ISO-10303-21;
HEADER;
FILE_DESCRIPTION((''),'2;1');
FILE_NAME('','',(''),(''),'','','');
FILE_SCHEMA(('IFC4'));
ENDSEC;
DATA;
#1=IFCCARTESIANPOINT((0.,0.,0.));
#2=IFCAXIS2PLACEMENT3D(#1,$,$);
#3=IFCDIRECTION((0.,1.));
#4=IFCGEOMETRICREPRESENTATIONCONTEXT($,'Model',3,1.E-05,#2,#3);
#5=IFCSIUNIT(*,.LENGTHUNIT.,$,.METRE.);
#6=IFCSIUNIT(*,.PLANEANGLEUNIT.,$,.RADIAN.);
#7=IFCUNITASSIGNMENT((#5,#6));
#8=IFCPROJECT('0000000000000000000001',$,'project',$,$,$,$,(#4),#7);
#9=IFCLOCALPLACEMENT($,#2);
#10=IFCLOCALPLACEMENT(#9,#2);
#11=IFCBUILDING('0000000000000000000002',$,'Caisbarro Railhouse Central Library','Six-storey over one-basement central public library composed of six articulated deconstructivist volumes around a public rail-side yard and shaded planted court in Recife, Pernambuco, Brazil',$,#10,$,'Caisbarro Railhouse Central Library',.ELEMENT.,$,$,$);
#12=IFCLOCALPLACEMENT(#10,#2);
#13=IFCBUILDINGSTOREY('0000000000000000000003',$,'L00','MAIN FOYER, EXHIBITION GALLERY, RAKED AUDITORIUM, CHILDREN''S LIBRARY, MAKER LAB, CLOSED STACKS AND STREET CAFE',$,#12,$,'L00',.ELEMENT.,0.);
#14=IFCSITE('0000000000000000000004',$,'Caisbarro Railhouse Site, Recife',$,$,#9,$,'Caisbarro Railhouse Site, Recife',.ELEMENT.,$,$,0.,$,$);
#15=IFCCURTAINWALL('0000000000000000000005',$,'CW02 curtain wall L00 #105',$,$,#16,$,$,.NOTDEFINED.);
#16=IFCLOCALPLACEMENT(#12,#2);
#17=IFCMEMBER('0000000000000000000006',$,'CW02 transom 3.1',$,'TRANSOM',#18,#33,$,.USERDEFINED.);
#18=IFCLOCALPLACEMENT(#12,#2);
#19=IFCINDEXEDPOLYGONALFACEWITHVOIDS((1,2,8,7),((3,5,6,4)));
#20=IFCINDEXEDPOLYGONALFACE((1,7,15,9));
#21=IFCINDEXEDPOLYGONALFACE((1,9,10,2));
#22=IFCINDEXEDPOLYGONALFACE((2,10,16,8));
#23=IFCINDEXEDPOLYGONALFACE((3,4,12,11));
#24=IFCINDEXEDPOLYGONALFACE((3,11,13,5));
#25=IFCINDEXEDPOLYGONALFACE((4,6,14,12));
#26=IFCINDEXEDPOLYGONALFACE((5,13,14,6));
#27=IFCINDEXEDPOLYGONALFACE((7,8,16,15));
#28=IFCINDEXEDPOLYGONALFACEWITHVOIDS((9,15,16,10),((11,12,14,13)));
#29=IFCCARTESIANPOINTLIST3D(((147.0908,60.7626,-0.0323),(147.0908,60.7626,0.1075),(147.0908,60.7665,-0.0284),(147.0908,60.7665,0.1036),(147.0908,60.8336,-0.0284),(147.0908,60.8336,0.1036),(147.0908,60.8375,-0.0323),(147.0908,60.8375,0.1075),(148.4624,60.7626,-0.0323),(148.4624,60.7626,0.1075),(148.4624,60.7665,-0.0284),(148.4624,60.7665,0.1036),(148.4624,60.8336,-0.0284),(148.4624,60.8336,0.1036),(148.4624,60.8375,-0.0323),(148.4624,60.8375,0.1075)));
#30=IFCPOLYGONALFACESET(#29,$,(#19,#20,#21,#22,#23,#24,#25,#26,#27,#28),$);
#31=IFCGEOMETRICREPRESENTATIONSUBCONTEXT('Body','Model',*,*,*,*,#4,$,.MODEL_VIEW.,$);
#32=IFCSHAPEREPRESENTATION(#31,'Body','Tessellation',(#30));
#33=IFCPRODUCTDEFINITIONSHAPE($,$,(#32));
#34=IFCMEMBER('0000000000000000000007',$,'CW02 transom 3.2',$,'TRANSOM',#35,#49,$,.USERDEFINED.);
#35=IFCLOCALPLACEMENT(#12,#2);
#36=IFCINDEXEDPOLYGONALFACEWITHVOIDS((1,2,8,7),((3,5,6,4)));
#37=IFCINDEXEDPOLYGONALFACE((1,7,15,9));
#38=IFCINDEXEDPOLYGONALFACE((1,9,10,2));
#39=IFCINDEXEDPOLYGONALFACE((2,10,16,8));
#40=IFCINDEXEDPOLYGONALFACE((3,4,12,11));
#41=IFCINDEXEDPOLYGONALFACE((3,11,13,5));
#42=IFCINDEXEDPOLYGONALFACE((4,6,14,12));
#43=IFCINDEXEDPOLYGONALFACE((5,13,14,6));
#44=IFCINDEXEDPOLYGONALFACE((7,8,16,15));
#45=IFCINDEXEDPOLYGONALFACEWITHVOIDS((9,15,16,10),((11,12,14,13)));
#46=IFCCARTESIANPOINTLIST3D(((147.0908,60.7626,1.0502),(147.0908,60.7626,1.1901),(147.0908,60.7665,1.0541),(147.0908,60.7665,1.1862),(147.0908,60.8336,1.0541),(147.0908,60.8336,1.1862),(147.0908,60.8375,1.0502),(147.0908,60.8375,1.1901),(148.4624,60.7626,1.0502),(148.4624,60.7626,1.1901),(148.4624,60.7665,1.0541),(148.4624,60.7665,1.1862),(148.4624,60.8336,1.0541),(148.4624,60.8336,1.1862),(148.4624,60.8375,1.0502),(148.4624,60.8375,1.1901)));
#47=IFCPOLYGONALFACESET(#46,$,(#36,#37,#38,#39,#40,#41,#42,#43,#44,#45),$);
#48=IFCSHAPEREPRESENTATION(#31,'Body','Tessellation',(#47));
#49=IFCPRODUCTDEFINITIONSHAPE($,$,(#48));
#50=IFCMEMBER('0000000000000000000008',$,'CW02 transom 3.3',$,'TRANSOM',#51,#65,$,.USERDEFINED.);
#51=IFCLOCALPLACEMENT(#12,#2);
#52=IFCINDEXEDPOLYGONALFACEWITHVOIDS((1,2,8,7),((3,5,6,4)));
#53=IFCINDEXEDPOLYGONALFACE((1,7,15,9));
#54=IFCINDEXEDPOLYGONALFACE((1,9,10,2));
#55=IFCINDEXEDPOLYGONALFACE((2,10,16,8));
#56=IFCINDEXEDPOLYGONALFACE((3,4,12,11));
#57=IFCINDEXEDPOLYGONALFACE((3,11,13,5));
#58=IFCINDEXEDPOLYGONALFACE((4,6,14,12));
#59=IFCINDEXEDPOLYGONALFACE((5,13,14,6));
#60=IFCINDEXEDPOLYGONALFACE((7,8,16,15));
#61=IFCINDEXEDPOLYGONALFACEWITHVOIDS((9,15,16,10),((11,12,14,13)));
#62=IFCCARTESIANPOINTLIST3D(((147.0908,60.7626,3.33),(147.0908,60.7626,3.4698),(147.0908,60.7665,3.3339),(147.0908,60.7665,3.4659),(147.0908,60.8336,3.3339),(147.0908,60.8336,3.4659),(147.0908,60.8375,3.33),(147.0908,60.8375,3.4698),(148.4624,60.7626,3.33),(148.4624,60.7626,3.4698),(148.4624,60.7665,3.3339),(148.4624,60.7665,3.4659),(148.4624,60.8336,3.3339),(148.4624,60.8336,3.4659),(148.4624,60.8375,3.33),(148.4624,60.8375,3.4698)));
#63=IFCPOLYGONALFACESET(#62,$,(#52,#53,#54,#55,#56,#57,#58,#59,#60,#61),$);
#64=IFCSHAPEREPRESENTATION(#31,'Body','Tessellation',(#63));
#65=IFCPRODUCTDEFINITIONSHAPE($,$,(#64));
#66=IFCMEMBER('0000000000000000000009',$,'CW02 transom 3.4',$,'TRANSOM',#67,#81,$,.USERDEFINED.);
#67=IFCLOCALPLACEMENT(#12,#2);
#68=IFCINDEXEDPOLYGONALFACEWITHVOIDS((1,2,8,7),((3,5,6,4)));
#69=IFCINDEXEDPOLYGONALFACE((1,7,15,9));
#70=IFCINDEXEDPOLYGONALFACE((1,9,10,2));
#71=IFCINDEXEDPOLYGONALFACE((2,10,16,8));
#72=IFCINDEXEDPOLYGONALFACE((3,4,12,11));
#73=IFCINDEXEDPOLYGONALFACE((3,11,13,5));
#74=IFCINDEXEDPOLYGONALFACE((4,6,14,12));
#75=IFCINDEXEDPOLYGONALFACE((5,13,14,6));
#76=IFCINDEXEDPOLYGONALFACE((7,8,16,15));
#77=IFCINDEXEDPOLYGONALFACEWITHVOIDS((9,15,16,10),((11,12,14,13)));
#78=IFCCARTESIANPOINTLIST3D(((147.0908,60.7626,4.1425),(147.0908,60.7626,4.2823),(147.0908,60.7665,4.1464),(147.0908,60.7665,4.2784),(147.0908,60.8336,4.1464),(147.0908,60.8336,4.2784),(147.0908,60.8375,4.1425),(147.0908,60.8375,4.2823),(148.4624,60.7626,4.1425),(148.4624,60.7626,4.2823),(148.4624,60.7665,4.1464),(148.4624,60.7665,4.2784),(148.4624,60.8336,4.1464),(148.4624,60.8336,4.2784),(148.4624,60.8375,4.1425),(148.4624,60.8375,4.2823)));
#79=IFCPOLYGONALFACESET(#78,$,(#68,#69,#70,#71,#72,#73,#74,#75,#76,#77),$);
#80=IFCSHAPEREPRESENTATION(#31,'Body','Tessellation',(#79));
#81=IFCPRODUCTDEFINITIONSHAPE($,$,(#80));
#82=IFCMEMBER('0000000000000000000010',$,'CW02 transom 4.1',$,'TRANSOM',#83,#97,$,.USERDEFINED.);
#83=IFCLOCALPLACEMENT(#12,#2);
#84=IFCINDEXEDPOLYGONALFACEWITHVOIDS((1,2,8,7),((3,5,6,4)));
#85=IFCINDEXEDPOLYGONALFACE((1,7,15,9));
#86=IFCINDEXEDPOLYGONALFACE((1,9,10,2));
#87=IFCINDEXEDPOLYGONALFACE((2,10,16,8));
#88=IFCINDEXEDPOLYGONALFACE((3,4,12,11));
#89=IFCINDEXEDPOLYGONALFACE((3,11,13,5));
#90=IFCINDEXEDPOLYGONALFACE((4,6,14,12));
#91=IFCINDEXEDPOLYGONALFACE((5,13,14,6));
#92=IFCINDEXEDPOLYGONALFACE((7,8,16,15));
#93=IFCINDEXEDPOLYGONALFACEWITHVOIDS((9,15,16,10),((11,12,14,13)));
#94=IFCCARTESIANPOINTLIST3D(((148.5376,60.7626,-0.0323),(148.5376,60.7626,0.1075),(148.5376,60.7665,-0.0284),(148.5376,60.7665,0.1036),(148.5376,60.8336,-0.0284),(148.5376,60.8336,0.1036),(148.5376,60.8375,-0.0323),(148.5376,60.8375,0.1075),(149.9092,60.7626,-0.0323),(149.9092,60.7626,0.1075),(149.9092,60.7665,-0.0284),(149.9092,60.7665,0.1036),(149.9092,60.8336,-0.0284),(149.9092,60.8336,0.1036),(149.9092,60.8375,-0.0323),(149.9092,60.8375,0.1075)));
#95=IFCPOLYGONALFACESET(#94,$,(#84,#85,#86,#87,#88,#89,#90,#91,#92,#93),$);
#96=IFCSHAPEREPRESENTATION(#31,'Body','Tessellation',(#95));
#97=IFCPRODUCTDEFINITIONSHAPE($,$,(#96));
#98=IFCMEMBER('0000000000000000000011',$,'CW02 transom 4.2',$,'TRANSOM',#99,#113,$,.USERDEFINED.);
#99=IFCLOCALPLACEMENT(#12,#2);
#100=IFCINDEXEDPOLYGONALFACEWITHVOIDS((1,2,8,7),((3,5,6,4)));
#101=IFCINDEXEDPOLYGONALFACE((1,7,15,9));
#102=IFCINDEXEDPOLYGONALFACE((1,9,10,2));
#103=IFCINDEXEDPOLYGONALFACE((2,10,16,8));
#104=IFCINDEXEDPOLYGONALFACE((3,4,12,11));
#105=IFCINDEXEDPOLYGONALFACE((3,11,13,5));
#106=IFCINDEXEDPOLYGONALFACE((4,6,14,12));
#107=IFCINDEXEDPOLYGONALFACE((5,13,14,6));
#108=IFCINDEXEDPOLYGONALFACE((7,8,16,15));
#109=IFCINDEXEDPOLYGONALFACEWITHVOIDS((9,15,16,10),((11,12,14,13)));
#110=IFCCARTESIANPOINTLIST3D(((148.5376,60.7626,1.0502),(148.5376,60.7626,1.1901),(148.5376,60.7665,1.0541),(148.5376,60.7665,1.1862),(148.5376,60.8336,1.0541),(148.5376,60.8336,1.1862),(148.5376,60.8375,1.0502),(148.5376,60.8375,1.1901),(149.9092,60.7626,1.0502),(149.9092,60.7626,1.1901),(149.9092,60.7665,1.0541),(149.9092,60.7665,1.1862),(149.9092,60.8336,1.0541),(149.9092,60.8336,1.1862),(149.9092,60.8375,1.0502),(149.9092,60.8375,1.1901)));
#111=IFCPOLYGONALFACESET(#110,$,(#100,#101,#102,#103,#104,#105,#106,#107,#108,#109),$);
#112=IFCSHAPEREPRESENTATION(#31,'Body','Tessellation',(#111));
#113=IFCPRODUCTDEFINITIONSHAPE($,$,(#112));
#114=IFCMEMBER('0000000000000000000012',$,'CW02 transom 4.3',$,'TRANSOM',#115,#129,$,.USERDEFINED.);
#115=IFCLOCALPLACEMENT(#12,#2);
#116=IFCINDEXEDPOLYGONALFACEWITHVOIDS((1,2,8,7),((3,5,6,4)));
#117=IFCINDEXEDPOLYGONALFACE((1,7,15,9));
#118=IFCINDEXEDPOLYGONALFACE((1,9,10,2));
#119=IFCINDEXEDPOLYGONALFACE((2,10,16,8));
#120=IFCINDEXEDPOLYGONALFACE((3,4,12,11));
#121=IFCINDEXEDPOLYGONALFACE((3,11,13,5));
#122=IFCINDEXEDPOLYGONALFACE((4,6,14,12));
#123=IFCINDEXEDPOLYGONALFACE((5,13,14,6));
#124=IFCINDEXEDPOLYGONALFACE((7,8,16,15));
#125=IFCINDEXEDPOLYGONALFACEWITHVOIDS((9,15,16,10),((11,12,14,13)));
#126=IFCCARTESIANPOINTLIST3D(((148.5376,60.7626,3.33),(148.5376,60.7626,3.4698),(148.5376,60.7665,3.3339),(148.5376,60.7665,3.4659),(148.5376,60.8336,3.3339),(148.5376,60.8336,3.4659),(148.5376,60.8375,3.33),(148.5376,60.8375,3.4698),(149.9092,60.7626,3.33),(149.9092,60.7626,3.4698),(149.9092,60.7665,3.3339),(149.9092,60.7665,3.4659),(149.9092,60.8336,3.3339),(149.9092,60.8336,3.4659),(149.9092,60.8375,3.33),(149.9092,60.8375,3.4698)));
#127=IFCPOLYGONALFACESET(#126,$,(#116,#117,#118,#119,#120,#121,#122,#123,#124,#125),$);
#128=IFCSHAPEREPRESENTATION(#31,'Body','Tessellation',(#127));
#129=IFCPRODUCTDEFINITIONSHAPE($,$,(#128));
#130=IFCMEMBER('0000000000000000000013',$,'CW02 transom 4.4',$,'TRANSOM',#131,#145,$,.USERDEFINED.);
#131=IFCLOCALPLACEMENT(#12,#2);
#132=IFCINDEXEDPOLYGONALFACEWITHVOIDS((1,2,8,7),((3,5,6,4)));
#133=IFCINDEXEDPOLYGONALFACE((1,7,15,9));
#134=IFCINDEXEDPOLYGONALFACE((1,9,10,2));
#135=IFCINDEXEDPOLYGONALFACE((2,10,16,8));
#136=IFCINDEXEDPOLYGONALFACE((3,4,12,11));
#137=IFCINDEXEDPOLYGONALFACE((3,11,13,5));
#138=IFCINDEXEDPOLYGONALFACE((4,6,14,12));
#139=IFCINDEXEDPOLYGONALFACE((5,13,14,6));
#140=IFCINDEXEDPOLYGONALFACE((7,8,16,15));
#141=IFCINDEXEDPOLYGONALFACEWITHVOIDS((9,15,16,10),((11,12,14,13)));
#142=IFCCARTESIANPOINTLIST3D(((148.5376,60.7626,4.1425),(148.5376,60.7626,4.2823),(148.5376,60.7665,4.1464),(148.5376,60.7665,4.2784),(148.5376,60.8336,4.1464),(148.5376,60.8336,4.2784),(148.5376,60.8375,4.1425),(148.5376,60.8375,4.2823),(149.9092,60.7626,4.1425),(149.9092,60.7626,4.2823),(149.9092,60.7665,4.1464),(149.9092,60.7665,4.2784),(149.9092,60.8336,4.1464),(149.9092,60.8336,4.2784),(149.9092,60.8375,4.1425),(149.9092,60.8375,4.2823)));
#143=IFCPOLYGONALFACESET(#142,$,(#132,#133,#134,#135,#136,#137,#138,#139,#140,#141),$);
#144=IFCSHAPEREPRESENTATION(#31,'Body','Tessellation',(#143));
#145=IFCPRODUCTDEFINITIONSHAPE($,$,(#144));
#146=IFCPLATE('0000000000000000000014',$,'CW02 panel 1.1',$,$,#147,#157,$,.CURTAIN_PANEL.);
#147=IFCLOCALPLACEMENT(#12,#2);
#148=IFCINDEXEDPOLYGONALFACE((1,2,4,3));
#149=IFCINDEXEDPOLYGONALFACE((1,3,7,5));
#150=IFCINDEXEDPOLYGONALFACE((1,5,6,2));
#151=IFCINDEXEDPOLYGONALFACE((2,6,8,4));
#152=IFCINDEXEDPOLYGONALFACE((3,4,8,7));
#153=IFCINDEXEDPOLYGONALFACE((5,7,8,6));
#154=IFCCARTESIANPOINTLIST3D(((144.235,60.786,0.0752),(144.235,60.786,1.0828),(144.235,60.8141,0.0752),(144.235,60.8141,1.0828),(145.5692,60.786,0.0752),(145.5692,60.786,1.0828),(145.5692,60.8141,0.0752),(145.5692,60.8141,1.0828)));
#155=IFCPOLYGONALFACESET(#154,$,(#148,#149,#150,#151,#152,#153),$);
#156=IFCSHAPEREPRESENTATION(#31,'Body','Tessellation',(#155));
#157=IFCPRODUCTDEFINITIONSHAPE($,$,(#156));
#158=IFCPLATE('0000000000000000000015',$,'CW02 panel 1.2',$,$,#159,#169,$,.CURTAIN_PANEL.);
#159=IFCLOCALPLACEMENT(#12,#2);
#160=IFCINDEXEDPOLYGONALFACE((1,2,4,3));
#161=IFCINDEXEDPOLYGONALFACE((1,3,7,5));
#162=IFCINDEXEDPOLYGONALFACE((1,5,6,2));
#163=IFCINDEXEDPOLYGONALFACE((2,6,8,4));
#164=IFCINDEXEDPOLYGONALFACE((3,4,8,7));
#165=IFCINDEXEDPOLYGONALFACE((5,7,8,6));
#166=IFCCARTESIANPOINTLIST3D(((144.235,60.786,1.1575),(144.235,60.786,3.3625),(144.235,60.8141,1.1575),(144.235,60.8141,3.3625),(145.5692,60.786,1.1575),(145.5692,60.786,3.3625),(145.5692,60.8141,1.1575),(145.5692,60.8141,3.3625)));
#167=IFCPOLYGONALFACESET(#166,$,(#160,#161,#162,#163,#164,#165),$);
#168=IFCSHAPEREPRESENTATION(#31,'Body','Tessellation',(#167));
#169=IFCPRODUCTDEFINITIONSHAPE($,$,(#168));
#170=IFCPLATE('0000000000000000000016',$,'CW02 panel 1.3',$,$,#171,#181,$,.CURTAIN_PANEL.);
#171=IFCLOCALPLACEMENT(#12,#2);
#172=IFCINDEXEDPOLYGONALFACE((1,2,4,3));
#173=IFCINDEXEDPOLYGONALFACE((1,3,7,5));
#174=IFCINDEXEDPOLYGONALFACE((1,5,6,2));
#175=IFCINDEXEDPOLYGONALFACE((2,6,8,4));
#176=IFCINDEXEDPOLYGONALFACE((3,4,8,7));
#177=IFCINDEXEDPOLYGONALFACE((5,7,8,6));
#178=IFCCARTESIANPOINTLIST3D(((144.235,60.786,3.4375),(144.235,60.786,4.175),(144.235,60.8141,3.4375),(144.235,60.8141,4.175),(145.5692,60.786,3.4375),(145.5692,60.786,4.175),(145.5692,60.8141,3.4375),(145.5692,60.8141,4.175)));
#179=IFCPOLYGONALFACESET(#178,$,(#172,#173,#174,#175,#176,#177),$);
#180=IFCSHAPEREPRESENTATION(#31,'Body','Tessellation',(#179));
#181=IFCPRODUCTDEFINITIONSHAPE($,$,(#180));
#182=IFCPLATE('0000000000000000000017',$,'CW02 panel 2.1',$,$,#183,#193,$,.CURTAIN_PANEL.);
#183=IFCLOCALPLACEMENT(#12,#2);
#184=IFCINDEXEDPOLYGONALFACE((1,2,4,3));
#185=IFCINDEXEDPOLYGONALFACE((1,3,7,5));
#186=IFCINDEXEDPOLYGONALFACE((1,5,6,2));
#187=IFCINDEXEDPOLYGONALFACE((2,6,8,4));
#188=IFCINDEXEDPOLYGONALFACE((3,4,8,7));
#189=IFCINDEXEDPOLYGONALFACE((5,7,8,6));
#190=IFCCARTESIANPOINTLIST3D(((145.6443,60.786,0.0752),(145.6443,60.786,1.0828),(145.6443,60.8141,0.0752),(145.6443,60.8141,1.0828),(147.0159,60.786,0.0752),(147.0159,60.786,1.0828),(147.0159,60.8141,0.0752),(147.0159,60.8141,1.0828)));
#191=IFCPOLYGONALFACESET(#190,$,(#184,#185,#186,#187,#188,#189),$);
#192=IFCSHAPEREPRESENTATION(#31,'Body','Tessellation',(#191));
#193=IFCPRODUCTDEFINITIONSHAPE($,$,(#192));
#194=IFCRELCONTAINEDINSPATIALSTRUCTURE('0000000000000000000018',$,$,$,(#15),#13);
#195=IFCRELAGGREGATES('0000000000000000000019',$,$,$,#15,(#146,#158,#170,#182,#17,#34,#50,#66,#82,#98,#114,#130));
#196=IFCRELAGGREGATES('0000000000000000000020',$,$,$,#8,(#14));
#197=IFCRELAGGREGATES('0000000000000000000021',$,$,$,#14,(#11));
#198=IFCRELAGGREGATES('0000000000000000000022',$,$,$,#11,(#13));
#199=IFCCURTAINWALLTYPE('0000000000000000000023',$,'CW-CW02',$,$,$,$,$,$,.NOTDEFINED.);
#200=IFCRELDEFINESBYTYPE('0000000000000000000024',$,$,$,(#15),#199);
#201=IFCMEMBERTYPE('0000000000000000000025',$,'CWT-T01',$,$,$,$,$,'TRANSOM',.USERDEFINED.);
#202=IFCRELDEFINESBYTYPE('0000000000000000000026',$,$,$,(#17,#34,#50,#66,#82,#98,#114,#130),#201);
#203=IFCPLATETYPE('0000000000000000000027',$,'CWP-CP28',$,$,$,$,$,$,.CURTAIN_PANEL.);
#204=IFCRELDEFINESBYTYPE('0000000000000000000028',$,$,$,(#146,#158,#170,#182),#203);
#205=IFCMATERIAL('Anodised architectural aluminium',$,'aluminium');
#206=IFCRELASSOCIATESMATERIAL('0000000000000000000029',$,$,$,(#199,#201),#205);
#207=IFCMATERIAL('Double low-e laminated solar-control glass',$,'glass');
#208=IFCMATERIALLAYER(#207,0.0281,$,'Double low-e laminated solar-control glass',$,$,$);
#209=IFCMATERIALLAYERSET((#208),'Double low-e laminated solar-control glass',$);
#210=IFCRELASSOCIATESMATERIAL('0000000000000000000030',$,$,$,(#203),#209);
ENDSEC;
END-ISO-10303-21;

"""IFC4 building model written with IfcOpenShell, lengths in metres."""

from ifc_helpers import new_model, si_unit, direction, frame, origin, origin_2d, place, context, subcontext, project, spatial, rectangle, hollow_rectangle, extrude, material, layer, layer_set, material_profile, profile_set, type_object, element, aggregate, save


model = new_model("IFC4")

# Units and contexts
model_context = context("Model", 3, precision=1e-05, world=origin(), true_north=direction((0.0, 1.0)))
body_context = subcontext(model_context, "Body", "Model", "MODEL_VIEW")
ifc_project = project(units=[si_unit("LENGTHUNIT", "METRE"), si_unit("PLANEANGLEUNIT", "RADIAN")], contexts=[model_context])

# Site, building, storey
site_placement = place(None, origin())
site = spatial("IfcSite", under=ifc_project, at=site_placement, Name="Caisbarro Railhouse Site, Recife", LongName="Caisbarro Railhouse Site, Recife", CompositionType="ELEMENT", RefElevation=0.0)
building_placement = place(site_placement, origin())
building = spatial("IfcBuilding", under=site, at=building_placement, Name="Caisbarro Railhouse Central Library", Description="Six-storey over one-basement central public library composed of six articulated deconstructivist volumes around a public rail-side yard and shaded planted court in Recife, Pernambuco, Brazil", LongName="Caisbarro Railhouse Central Library", CompositionType="ELEMENT")
storey_placement = place(building_placement, origin())
storey = spatial("IfcBuildingStorey", under=building, at=storey_placement, Name="L00", Description="MAIN FOYER, EXHIBITION GALLERY, RAKED AUDITORIUM, CHILDREN'S LIBRARY, MAKER LAB, CLOSED STACKS AND STREET CAFE", LongName="L00", CompositionType="ELEMENT", Elevation=0.0)

# Curtain wall, members, plates
ifc_material_1 = material(Name="Anodised architectural aluminium", Category="aluminium")
curtain_wall_type = type_object("IfcCurtainWallType", Name="CW-CW02", PredefinedType="NOTDEFINED", material=ifc_material_1)
curtain_wall_placement = place(storey_placement, origin())
curtain_wall = element("IfcCurtainWall", 1, at=curtain_wall_placement, inside=storey, type_object=curtain_wall_type, Name="CW02 curtain wall L00 #105", PredefinedType="NOTDEFINED")
ifc_material_profile_1 = material_profile(ifc_material_1, hollow_rectangle(XDim=0.075, YDim=0.1399, WallThickness=0.0039, at=origin_2d()), Name="ALU-TRN-75X140")
ifc_profile_set_1 = profile_set([ifc_material_profile_1], Name="Anodised architectural aluminium")
member_type_1 = type_object("IfcMemberType", Name="CWT-T01", ElementType="TRANSOM", PredefinedType="USERDEFINED", material=ifc_profile_set_1)
member_1_placement = place(storey_placement, frame((147.0908, 60.8, 0.0376), z_axis=(1.0, 0.0, 0.0), x_axis=(0.0, 1.0, 0.0)))
member_1 = element("IfcMember", 2, at=member_1_placement, type_object=member_type_1, Name="CW02 transom 3.1", ObjectType="TRANSOM", PredefinedType="USERDEFINED", context=body_context, shape_type="SweptSolid", body=[
    extrude(hollow_rectangle(XDim=0.075, YDim=0.1399, WallThickness=0.0039, at=origin_2d()), origin(), (0.0, 0.0, 1.0), 1.3716),
])
member_2_placement = place(storey_placement, frame((147.0908, 60.8, 1.1201), z_axis=(1.0, 0.0, 0.0), x_axis=(0.0, 1.0, 0.0)))
member_2 = element("IfcMember", 3, at=member_2_placement, type_object=member_type_1, Name="CW02 transom 3.2", ObjectType="TRANSOM", PredefinedType="USERDEFINED", context=body_context, shape_type="SweptSolid", body=[
    extrude(hollow_rectangle(XDim=0.075, YDim=0.1399, WallThickness=0.0039, at=origin_2d()), origin(), (0.0, 0.0, 1.0), 1.3716),
])
member_3_placement = place(storey_placement, frame((147.0908, 60.8, 3.3999), z_axis=(1.0, 0.0, 0.0), x_axis=(0.0, 1.0, 0.0)))
member_3 = element("IfcMember", 4, at=member_3_placement, type_object=member_type_1, Name="CW02 transom 3.3", ObjectType="TRANSOM", PredefinedType="USERDEFINED", context=body_context, shape_type="SweptSolid", body=[
    extrude(hollow_rectangle(XDim=0.075, YDim=0.1399, WallThickness=0.0039, at=origin_2d()), origin(), (0.0, 0.0, 1.0), 1.3716),
])
member_4_placement = place(storey_placement, frame((147.0908, 60.8, 4.2124), z_axis=(1.0, 0.0, 0.0), x_axis=(0.0, 1.0, 0.0)))
member_4 = element("IfcMember", 5, at=member_4_placement, type_object=member_type_1, Name="CW02 transom 3.4", ObjectType="TRANSOM", PredefinedType="USERDEFINED", context=body_context, shape_type="SweptSolid", body=[
    extrude(hollow_rectangle(XDim=0.075, YDim=0.1399, WallThickness=0.0039, at=origin_2d()), origin(), (0.0, 0.0, 1.0), 1.3716),
])
member_5_placement = place(storey_placement, frame((148.5376, 60.8, 0.0376), z_axis=(1.0, 0.0, 0.0), x_axis=(0.0, 1.0, 0.0)))
member_5 = element("IfcMember", 6, at=member_5_placement, type_object=member_type_1, Name="CW02 transom 4.1", ObjectType="TRANSOM", PredefinedType="USERDEFINED", context=body_context, shape_type="SweptSolid", body=[
    extrude(hollow_rectangle(XDim=0.075, YDim=0.1399, WallThickness=0.0039, at=origin_2d()), origin(), (0.0, 0.0, 1.0), 1.3716),
])
member_6_placement = place(storey_placement, frame((148.5376, 60.8, 1.1201), z_axis=(1.0, 0.0, 0.0), x_axis=(0.0, 1.0, 0.0)))
member_6 = element("IfcMember", 7, at=member_6_placement, type_object=member_type_1, Name="CW02 transom 4.2", ObjectType="TRANSOM", PredefinedType="USERDEFINED", context=body_context, shape_type="SweptSolid", body=[
    extrude(hollow_rectangle(XDim=0.075, YDim=0.1399, WallThickness=0.0039, at=origin_2d()), origin(), (0.0, 0.0, 1.0), 1.3716),
])
member_7_placement = place(storey_placement, frame((148.5376, 60.8, 3.3999), z_axis=(1.0, 0.0, 0.0), x_axis=(0.0, 1.0, 0.0)))
member_7 = element("IfcMember", 8, at=member_7_placement, type_object=member_type_1, Name="CW02 transom 4.3", ObjectType="TRANSOM", PredefinedType="USERDEFINED", context=body_context, shape_type="SweptSolid", body=[
    extrude(hollow_rectangle(XDim=0.075, YDim=0.1399, WallThickness=0.0039, at=origin_2d()), origin(), (0.0, 0.0, 1.0), 1.3716),
])
member_8_placement = place(storey_placement, frame((148.5376, 60.8, 4.2124), z_axis=(1.0, 0.0, 0.0), x_axis=(0.0, 1.0, 0.0)))
member_8 = element("IfcMember", 9, at=member_8_placement, type_object=member_type_1, Name="CW02 transom 4.4", ObjectType="TRANSOM", PredefinedType="USERDEFINED", context=body_context, shape_type="SweptSolid", body=[
    extrude(hollow_rectangle(XDim=0.075, YDim=0.1399, WallThickness=0.0039, at=origin_2d()), origin(), (0.0, 0.0, 1.0), 1.3716),
])
ifc_material_2 = material(Name="Double low-e laminated solar-control glass", Category="glass")
ifc_layer_1 = layer(ifc_material_2, 0.0281, Name="Double low-e laminated solar-control glass")
ifc_layer_set_1 = layer_set([ifc_layer_1], Name="Double low-e laminated solar-control glass")
plate_type = type_object("IfcPlateType", Name="CWP-CP28", PredefinedType="CURTAIN_PANEL", material=ifc_layer_set_1)
plate_1_placement = place(storey_placement, frame((144.9021, 60.8, 0.0752), z_axis=(0.0, 0.0, 1.0), x_axis=(1.0, 0.0, 0.0)))
plate_1 = element("IfcPlate", 10, at=plate_1_placement, type_object=plate_type, Name="CW02 panel 1.1", PredefinedType="CURTAIN_PANEL", context=body_context, shape_type="SweptSolid", body=[
    extrude(rectangle(XDim=1.3342, YDim=0.0281, at=origin_2d()), origin(), (0.0, 0.0, 1.0), 1.0076),
])
plate_2_placement = place(storey_placement, frame((144.9021, 60.8, 1.1575), z_axis=(0.0, 0.0, 1.0), x_axis=(1.0, 0.0, 0.0)))
plate_2 = element("IfcPlate", 11, at=plate_2_placement, type_object=plate_type, Name="CW02 panel 1.2", PredefinedType="CURTAIN_PANEL", context=body_context, shape_type="SweptSolid", body=[
    extrude(rectangle(XDim=1.3342, YDim=0.0281, at=origin_2d()), origin(), (0.0, 0.0, 1.0), 2.2051),
])
plate_3_placement = place(storey_placement, frame((144.9021, 60.8, 3.4375), z_axis=(0.0, 0.0, 1.0), x_axis=(1.0, 0.0, 0.0)))
plate_3 = element("IfcPlate", 12, at=plate_3_placement, type_object=plate_type, Name="CW02 panel 1.3", PredefinedType="CURTAIN_PANEL", context=body_context, shape_type="SweptSolid", body=[
    extrude(rectangle(XDim=1.3342, YDim=0.0281, at=origin_2d()), origin(), (0.0, 0.0, 1.0), 0.7375),
])
plate_4_placement = place(storey_placement, frame((146.3301, 60.8, 0.0752), z_axis=(0.0, 0.0, 1.0), x_axis=(1.0, 0.0, 0.0)))
plate_4 = element("IfcPlate", 13, at=plate_4_placement, type_object=plate_type, Name="CW02 panel 2.1", PredefinedType="CURTAIN_PANEL", context=body_context, shape_type="SweptSolid", body=[
    extrude(rectangle(XDim=1.3716, YDim=0.0281, at=origin_2d()), origin(), (0.0, 0.0, 1.0), 1.0076),
])
aggregate(curtain_wall, [plate_1, plate_2, plate_3, plate_4, member_1, member_2, member_3, member_4, member_5, member_6, member_7, member_8])

save(model, "model.ifc")
